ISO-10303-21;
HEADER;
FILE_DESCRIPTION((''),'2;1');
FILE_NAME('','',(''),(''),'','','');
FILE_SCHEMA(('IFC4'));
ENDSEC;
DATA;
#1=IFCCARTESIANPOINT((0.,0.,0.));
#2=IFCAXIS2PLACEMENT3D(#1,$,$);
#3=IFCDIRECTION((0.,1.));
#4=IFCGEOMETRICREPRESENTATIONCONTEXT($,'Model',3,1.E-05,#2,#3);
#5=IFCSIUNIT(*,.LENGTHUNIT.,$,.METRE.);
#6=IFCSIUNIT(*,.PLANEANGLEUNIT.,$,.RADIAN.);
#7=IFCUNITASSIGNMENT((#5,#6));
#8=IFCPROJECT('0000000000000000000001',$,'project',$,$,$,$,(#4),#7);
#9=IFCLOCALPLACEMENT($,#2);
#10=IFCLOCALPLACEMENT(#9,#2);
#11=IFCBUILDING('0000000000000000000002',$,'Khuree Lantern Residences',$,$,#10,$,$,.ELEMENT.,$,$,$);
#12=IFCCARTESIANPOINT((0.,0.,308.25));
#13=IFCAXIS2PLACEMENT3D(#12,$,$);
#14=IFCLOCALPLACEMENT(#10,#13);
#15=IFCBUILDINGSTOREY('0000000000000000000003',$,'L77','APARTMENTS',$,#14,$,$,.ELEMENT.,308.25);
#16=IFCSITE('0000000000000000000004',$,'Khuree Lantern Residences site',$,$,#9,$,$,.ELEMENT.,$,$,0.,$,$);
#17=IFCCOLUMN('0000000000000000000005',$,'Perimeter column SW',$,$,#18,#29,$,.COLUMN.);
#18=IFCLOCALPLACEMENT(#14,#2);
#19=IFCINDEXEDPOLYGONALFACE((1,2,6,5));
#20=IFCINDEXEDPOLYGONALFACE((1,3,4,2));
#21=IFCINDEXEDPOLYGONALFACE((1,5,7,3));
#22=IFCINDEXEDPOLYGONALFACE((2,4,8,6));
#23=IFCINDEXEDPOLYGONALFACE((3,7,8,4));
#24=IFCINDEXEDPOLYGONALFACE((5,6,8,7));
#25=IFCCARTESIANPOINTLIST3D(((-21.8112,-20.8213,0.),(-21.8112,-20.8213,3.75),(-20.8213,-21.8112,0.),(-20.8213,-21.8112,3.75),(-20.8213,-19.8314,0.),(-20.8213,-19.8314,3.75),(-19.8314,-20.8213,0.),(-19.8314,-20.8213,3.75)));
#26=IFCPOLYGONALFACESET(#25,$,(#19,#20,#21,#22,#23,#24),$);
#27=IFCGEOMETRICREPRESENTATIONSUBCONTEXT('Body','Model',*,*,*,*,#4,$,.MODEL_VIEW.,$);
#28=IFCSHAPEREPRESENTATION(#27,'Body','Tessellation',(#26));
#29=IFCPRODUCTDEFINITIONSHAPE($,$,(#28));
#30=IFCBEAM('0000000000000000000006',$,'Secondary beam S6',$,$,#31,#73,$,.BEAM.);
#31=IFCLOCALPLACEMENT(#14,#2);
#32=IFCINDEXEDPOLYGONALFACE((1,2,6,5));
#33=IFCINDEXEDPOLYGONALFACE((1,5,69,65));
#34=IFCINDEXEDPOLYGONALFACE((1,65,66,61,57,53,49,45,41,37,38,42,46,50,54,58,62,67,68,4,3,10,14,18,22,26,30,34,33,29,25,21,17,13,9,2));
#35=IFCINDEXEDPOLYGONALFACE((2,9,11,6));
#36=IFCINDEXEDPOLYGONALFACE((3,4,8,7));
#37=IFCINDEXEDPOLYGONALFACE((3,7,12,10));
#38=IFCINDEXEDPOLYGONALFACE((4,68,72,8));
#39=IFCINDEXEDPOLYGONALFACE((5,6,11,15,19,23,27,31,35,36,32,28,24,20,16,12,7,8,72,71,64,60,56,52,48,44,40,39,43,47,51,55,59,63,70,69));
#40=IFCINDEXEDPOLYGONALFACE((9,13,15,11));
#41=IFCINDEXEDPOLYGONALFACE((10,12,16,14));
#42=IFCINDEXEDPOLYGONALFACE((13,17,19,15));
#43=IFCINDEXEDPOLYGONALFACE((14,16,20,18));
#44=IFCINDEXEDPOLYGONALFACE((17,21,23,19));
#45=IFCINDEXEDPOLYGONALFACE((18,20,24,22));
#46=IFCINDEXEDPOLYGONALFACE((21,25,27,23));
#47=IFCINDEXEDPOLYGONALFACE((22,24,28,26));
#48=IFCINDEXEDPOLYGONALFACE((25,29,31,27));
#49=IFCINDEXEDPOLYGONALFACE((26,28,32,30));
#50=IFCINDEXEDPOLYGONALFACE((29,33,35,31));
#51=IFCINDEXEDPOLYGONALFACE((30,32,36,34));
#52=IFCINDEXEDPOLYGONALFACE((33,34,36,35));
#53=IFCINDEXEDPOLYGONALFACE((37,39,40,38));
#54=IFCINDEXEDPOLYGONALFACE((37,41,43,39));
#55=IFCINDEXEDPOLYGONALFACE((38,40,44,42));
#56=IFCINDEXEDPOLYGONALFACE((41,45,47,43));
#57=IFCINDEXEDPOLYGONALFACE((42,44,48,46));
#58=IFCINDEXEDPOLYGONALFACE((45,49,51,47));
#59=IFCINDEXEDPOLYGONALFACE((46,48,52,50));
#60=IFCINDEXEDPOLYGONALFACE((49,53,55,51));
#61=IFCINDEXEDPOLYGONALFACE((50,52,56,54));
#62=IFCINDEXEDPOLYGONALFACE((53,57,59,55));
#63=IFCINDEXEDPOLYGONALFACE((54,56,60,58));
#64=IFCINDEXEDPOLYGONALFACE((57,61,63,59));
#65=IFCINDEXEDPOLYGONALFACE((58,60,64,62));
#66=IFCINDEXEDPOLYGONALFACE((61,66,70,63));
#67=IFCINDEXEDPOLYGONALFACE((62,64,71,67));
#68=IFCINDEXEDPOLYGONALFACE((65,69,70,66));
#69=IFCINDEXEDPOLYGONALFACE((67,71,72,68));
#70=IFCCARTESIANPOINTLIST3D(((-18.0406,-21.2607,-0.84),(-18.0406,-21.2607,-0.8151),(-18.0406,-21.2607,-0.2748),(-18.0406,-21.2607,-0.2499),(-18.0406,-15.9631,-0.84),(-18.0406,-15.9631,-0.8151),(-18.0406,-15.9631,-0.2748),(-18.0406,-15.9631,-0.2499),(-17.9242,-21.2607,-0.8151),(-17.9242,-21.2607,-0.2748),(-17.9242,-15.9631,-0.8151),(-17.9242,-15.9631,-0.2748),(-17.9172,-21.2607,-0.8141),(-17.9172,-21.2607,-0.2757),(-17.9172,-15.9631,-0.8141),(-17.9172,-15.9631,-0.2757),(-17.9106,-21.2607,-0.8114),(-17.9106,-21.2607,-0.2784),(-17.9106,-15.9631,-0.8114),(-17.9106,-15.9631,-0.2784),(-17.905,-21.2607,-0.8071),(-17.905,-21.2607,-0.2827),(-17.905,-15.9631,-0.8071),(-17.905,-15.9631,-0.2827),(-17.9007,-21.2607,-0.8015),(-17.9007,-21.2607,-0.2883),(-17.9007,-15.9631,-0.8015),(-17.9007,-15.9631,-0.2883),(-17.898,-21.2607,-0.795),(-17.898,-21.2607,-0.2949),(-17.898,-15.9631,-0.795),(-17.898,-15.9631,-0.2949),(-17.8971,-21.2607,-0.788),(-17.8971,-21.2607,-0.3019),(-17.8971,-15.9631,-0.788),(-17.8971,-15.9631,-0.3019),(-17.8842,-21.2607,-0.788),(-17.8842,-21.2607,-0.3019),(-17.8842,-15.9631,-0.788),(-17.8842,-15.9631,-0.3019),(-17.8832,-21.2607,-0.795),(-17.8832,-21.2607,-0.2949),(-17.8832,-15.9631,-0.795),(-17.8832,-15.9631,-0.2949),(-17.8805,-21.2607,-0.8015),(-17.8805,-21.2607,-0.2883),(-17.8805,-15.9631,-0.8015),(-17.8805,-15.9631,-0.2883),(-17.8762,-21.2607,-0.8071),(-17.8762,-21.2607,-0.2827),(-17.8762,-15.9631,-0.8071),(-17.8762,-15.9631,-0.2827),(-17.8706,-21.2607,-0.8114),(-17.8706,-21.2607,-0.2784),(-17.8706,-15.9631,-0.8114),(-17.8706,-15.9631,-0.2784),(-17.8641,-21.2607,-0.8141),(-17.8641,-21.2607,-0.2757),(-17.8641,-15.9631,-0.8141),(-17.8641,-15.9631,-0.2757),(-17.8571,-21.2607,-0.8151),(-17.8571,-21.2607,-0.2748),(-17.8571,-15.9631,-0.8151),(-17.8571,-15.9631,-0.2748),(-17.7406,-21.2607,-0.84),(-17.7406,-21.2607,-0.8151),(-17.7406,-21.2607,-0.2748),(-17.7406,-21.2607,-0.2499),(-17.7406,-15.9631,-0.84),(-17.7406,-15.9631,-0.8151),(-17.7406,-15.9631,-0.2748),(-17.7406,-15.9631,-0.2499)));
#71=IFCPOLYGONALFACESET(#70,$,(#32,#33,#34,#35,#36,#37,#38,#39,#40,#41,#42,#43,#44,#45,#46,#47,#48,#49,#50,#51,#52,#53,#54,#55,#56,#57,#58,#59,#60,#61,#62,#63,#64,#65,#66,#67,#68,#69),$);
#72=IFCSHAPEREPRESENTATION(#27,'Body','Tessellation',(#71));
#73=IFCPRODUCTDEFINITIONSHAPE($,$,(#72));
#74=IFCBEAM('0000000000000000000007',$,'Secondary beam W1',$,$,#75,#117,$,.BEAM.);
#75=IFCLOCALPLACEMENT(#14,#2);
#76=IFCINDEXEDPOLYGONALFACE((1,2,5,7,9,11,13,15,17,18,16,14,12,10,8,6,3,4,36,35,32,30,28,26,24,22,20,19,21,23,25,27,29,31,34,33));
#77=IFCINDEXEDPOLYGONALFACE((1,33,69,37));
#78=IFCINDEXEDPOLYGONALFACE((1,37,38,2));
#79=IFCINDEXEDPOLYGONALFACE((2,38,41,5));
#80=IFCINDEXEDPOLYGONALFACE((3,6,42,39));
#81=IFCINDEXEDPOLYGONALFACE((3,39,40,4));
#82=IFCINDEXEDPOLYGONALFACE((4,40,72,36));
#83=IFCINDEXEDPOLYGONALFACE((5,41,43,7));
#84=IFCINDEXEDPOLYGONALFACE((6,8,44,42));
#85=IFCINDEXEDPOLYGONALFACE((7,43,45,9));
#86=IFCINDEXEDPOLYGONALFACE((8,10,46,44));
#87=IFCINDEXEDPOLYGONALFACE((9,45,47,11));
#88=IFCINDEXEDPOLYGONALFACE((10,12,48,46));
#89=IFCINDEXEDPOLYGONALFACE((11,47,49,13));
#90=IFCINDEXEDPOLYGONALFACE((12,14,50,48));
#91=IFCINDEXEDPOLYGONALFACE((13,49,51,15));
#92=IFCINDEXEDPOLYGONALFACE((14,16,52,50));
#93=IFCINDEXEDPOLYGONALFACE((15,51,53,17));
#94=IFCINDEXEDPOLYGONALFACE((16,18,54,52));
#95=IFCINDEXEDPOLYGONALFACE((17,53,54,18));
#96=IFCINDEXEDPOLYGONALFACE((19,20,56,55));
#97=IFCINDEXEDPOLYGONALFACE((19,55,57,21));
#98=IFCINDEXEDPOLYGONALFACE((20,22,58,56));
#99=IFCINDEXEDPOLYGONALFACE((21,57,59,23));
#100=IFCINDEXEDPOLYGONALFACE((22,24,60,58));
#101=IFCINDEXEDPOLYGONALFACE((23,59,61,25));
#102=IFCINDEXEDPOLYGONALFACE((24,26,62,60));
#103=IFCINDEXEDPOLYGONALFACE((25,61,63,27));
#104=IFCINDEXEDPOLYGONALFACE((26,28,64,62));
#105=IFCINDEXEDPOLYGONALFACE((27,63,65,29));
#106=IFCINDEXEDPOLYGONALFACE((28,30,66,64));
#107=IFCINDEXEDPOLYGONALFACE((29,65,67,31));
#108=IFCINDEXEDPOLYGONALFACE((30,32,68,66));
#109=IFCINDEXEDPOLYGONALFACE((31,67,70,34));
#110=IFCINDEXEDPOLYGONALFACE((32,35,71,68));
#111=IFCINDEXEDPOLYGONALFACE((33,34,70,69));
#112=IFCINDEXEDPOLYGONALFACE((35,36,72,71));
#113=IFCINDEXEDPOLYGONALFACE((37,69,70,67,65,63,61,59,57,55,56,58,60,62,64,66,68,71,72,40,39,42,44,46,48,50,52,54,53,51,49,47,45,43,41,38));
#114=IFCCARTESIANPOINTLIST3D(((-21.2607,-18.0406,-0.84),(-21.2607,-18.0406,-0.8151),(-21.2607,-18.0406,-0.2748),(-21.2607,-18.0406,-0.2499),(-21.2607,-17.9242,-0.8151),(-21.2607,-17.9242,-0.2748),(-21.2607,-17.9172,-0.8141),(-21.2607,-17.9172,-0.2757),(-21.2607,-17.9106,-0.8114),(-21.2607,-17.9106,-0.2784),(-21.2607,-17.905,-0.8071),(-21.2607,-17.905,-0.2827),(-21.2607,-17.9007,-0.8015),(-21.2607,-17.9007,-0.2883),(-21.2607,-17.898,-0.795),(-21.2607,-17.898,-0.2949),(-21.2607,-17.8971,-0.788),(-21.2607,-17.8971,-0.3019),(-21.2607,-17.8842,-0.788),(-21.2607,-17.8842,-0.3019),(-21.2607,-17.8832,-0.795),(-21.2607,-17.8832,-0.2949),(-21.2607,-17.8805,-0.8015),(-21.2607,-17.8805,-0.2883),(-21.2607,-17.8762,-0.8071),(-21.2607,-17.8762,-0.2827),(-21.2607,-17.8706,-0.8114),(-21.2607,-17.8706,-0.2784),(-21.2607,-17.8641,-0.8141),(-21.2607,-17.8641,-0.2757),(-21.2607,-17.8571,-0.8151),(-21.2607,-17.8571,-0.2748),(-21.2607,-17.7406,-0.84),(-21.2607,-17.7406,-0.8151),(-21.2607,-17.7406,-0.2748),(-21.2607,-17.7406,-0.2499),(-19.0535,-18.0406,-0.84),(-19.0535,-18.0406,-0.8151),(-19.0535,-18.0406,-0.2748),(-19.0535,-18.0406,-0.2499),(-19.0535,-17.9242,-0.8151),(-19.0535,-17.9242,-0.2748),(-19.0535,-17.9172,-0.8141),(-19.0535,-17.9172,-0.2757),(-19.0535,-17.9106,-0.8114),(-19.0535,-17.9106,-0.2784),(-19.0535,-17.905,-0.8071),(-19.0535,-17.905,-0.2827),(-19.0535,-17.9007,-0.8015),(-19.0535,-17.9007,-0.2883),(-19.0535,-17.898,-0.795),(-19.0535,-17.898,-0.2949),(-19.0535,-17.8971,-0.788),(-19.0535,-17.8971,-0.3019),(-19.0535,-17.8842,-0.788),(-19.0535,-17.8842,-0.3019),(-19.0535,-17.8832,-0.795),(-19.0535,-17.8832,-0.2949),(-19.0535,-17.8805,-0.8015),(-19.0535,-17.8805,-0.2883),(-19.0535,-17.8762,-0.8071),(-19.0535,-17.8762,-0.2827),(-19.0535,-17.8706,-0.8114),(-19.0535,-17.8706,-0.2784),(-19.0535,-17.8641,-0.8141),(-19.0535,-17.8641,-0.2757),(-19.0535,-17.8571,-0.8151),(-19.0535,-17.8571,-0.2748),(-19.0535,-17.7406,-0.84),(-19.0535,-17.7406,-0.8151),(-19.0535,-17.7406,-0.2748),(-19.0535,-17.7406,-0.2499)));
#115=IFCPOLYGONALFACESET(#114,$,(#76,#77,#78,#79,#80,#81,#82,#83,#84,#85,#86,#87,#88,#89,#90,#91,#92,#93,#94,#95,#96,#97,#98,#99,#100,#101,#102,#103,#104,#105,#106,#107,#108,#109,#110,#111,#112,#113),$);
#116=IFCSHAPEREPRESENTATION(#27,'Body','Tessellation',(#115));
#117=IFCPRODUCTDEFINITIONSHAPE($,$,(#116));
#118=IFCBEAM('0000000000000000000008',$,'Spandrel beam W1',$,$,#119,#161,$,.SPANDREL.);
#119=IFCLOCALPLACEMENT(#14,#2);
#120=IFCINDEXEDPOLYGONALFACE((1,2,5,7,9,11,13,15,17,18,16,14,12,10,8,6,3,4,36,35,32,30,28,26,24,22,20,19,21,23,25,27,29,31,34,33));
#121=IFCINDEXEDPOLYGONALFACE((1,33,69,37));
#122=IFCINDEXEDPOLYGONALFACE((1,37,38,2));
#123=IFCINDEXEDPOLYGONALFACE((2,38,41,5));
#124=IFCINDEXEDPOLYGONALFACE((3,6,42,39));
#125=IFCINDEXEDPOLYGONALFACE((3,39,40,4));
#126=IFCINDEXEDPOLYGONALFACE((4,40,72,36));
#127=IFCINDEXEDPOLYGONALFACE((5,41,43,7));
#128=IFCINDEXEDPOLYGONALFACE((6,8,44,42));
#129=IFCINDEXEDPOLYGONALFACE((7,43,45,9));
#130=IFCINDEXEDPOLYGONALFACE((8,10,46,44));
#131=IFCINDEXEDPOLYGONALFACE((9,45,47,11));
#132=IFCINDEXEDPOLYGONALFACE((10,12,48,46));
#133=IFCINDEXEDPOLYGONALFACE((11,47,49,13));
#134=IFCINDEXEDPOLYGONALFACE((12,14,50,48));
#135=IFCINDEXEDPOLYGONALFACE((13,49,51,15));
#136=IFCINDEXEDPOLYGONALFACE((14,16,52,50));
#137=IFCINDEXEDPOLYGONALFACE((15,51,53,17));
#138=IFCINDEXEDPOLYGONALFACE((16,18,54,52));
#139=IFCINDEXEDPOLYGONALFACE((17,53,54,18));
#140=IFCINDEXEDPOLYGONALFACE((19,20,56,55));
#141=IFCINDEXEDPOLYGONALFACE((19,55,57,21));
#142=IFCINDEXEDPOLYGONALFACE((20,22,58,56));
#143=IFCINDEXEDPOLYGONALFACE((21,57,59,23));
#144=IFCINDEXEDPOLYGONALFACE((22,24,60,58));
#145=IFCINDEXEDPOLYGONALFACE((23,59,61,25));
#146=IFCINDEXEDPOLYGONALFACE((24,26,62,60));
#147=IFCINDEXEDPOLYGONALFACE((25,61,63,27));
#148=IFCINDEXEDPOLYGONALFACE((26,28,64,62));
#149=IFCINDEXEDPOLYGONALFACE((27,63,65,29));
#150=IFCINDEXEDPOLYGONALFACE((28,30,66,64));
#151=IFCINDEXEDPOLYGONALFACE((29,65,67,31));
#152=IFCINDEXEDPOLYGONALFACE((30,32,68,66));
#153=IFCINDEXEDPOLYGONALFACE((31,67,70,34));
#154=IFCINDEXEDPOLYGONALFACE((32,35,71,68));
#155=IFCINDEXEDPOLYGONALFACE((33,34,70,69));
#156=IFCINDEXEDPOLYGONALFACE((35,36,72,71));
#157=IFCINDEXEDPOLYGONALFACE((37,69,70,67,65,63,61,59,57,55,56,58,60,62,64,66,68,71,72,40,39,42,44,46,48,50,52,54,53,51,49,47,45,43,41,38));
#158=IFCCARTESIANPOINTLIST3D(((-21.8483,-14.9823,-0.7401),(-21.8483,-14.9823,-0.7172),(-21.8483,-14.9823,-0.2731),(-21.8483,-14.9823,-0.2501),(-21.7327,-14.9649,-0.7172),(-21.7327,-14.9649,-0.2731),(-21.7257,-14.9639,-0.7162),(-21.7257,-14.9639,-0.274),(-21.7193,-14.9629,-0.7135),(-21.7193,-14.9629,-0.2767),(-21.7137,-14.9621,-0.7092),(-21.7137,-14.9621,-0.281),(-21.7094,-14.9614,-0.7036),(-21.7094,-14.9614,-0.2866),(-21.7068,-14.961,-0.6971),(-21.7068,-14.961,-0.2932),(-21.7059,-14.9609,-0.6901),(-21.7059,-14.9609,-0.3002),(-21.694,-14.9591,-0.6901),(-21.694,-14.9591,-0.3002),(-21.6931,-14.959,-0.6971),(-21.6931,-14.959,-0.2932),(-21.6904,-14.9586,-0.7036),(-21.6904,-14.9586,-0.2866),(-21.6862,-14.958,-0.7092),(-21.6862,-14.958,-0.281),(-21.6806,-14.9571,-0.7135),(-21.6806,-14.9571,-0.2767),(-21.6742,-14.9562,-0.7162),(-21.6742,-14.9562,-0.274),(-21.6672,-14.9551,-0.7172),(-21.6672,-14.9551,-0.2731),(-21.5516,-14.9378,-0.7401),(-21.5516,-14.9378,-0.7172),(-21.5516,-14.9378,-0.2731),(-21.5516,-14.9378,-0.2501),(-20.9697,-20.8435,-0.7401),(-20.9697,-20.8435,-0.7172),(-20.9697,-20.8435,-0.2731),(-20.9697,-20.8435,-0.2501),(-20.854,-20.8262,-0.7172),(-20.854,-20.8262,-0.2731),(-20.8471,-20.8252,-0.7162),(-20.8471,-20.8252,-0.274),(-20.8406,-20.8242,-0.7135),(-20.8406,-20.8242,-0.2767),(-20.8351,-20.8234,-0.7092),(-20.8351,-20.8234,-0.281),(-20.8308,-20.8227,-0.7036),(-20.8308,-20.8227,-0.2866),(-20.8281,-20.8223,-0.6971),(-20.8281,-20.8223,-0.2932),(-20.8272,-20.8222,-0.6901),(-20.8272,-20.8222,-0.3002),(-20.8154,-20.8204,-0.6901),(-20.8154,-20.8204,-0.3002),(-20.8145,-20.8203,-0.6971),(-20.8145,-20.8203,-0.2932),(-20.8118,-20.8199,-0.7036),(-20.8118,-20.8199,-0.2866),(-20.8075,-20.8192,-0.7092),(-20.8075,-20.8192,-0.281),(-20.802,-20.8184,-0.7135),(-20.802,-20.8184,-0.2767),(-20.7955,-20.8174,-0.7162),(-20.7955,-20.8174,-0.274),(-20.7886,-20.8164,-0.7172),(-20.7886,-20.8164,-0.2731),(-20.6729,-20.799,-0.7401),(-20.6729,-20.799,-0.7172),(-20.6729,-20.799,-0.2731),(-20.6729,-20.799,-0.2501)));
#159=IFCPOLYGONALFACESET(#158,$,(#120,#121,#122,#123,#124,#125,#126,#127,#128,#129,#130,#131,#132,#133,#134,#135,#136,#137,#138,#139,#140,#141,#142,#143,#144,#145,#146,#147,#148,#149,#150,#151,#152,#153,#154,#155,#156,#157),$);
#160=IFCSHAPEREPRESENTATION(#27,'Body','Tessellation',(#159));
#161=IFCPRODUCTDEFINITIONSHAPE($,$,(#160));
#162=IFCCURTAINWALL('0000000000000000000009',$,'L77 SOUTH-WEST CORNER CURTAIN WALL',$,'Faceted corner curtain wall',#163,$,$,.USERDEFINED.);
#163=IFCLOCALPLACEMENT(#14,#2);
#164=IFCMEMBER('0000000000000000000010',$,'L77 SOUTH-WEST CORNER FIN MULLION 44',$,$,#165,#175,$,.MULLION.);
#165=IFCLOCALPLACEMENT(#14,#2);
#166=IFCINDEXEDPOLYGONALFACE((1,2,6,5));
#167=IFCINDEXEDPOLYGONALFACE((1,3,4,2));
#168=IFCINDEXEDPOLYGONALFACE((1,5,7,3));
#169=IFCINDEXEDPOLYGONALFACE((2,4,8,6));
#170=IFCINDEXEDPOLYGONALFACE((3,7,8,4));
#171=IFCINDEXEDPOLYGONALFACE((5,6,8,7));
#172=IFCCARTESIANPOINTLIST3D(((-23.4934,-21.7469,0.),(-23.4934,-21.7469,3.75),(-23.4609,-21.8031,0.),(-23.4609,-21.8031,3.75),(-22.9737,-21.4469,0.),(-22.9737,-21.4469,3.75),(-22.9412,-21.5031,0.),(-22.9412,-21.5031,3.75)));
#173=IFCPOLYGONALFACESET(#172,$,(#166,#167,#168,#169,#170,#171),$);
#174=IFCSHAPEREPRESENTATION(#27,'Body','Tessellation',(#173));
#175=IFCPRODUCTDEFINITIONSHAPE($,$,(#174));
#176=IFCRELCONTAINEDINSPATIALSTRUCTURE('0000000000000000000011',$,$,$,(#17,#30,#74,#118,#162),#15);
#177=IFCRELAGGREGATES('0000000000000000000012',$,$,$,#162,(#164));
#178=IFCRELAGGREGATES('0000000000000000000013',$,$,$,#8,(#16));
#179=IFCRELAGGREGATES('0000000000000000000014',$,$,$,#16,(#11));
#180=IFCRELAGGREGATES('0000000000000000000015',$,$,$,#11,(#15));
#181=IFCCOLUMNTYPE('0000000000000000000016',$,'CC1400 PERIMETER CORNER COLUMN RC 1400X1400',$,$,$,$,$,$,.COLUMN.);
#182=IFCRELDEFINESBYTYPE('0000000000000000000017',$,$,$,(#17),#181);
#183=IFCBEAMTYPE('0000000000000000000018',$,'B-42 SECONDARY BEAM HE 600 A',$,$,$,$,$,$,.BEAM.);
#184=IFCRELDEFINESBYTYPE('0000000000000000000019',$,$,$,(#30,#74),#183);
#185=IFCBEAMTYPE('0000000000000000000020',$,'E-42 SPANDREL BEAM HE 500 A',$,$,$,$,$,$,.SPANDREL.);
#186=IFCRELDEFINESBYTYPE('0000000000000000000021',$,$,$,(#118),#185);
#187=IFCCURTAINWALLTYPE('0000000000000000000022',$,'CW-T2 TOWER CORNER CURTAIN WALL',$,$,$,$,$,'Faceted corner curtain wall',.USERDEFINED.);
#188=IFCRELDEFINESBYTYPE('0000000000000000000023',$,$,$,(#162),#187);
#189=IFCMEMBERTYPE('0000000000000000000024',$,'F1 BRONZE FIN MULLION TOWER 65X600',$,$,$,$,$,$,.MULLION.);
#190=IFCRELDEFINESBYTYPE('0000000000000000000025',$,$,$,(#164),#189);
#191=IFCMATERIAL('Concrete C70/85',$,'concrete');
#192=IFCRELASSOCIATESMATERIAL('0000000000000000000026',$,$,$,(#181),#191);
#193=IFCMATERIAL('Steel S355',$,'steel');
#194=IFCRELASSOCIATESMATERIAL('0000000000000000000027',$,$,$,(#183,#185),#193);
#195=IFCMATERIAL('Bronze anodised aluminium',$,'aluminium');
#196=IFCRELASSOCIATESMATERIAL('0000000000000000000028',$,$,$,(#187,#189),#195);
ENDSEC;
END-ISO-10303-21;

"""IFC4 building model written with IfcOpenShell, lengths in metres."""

from ifc_helpers import new_model, si_unit, direction, frame, origin, origin_2d, place, context, subcontext, project, spatial, rectangle, i_section, extrude, material, material_profile, profile_set, type_object, element, aggregate, save


model = new_model("IFC4")

# Units and contexts
model_context = context("Model", 3, precision=1e-05, world=origin(), true_north=direction((0.0, 1.0)))
body_context = subcontext(model_context, "Body", "Model", "MODEL_VIEW")
ifc_project = project(units=[si_unit("LENGTHUNIT", "METRE"), si_unit("PLANEANGLEUNIT", "RADIAN")], contexts=[model_context])

# Site, building, storey
site_placement = place(None, origin())
site = spatial("IfcSite", under=ifc_project, at=site_placement, Name="Khuree Lantern Residences site", CompositionType="ELEMENT", RefElevation=0.0)
building_placement = place(site_placement, origin())
building = spatial("IfcBuilding", under=site, at=building_placement, Name="Khuree Lantern Residences", CompositionType="ELEMENT")
storey_placement = place(building_placement, frame((0.0, 0.0, 308.25)))
storey = spatial("IfcBuildingStorey", under=building, at=storey_placement, Name="L77", Description="APARTMENTS", CompositionType="ELEMENT", Elevation=308.25)

# Column
ifc_material_1 = material(Name="Concrete C70/85", Category="concrete")
ifc_material_profile_1 = material_profile(ifc_material_1, rectangle(XDim=1.3999, YDim=1.3999, at=origin_2d()), Name="RC 1400X1400")
ifc_profile_set_1 = profile_set([ifc_material_profile_1], Name="Concrete C70/85")
column_type = type_object("IfcColumnType", Name="CC1400 PERIMETER CORNER COLUMN RC 1400X1400", PredefinedType="COLUMN", material=ifc_profile_set_1)
column_placement = place(storey_placement, frame((-20.8213, -20.8213, 0.0), z_axis=(0.0, 0.0, 1.0), x_axis=(0.707107, -0.707107, 0.0)))
element("IfcColumn", 1, at=column_placement, inside=storey, type_object=column_type, Name="Perimeter column SW", PredefinedType="COLUMN", context=body_context, shape_type="SweptSolid", body=[
    extrude(rectangle(XDim=1.3999, YDim=1.3999, at=origin_2d()), origin(), (0.0, 0.0, 1.0), 3.75),
])

# Beams
ifc_material_2 = material(Name="Steel S355", Category="steel")
ifc_material_profile_2 = material_profile(ifc_material_2, i_section(OverallWidth=0.3, OverallDepth=0.5901, WebThickness=0.0129, FlangeThickness=0.0249, FilletRadius=0.0271, at=origin_2d()), Name="HE 600 A")
ifc_profile_set_2 = profile_set([ifc_material_profile_2], Name="Steel S355")
beam_type_1 = type_object("IfcBeamType", Name="B-42 SECONDARY BEAM HE 600 A", PredefinedType="BEAM", material=ifc_profile_set_2)
beam_1_placement = place(storey_placement, frame((-17.8906, -21.2607, -0.5449), z_axis=(0.0, 1.0, 0.0), x_axis=(-1.0, 0.0, 0.0)))
element("IfcBeam", 2, at=beam_1_placement, inside=storey, type_object=beam_type_1, Name="Secondary beam S6", PredefinedType="BEAM", context=body_context, shape_type="SweptSolid", body=[
    extrude(i_section(OverallWidth=0.3, OverallDepth=0.5901, WebThickness=0.0129, FlangeThickness=0.0249, FilletRadius=0.0271, at=origin_2d()), origin(), (0.0, 0.0, 1.0), 5.2976),
])
beam_2_placement = place(storey_placement, frame((-21.2607, -17.8906, -0.5449), z_axis=(1.0, 0.0, 0.0), x_axis=(0.0, 1.0, 0.0)))
element("IfcBeam", 3, at=beam_2_placement, inside=storey, type_object=beam_type_1, Name="Secondary beam W1", PredefinedType="BEAM", context=body_context, shape_type="SweptSolid", body=[
    extrude(i_section(OverallWidth=0.3, OverallDepth=0.5901, WebThickness=0.0129, FlangeThickness=0.0249, FilletRadius=0.0271, at=origin_2d()), origin(), (0.0, 0.0, 1.0), 2.2073),
])
ifc_material_profile_3 = material_profile(ifc_material_2, i_section(OverallWidth=0.3, OverallDepth=0.49, WebThickness=0.012, FlangeThickness=0.0229, FilletRadius=0.0271, at=origin_2d()), Name="HE 500 A")
ifc_profile_set_3 = profile_set([ifc_material_profile_3], Name="Steel S355")
beam_type_2 = type_object("IfcBeamType", Name="E-42 SPANDREL BEAM HE 500 A", PredefinedType="SPANDREL", material=ifc_profile_set_3)
beam_3_placement = place(storey_placement, frame((-20.8213, -20.8213, -0.4951), z_axis=(-0.148252, 0.98895, 0.0), x_axis=(-0.98895, -0.148252, 0.0)))
element("IfcBeam", 4, at=beam_3_placement, inside=storey, type_object=beam_type_2, Name="Spandrel beam W1", PredefinedType="SPANDREL", context=body_context, shape_type="SweptSolid", body=[
    extrude(i_section(OverallWidth=0.3, OverallDepth=0.49, WebThickness=0.012, FlangeThickness=0.0229, FilletRadius=0.0271, at=origin_2d()), origin(), (0.0, 0.0, 1.0), 5.9268),
])

# Curtain wall, member
ifc_material_3 = material(Name="Bronze anodised aluminium", Category="aluminium")
curtain_wall_type_1 = type_object("IfcCurtainWallType", Name="CW-T2 TOWER CORNER CURTAIN WALL", ElementType="Faceted corner curtain wall", PredefinedType="USERDEFINED", material=ifc_material_3)
curtain_wall_1_placement = place(storey_placement, origin())
curtain_wall_1 = element("IfcCurtainWall", 5, at=curtain_wall_1_placement, inside=storey, type_object=curtain_wall_type_1, Name="L77 SOUTH-WEST CORNER CURTAIN WALL", ObjectType="Faceted corner curtain wall", PredefinedType="USERDEFINED")
ifc_material_profile_4 = material_profile(ifc_material_3, rectangle(XDim=0.0649, YDim=0.6001, at=origin_2d()), Name="F1 65X600")
ifc_profile_set_4 = profile_set([ifc_material_profile_4], Name="Bronze anodised aluminium")
member_type_1 = type_object("IfcMemberType", Name="F1 BRONZE FIN MULLION TOWER 65X600", PredefinedType="MULLION", material=ifc_profile_set_4)
member_1_placement = place(storey_placement, frame((-23.2173, -21.625, 0.0), z_axis=(0.0, 0.0, 1.0), x_axis=(0.5, -0.866025, 0.0)))
member_1 = element("IfcMember", 6, at=member_1_placement, type_object=member_type_1, Name="L77 SOUTH-WEST CORNER FIN MULLION 44", PredefinedType="MULLION", context=body_context, shape_type="SweptSolid", body=[
    extrude(rectangle(XDim=0.0649, YDim=0.6001, at=origin_2d()), origin(), (0.0, 0.0, 1.0), 3.75),
])

aggregate(curtain_wall_1, [member_1])

save(model, "model.ifc")
